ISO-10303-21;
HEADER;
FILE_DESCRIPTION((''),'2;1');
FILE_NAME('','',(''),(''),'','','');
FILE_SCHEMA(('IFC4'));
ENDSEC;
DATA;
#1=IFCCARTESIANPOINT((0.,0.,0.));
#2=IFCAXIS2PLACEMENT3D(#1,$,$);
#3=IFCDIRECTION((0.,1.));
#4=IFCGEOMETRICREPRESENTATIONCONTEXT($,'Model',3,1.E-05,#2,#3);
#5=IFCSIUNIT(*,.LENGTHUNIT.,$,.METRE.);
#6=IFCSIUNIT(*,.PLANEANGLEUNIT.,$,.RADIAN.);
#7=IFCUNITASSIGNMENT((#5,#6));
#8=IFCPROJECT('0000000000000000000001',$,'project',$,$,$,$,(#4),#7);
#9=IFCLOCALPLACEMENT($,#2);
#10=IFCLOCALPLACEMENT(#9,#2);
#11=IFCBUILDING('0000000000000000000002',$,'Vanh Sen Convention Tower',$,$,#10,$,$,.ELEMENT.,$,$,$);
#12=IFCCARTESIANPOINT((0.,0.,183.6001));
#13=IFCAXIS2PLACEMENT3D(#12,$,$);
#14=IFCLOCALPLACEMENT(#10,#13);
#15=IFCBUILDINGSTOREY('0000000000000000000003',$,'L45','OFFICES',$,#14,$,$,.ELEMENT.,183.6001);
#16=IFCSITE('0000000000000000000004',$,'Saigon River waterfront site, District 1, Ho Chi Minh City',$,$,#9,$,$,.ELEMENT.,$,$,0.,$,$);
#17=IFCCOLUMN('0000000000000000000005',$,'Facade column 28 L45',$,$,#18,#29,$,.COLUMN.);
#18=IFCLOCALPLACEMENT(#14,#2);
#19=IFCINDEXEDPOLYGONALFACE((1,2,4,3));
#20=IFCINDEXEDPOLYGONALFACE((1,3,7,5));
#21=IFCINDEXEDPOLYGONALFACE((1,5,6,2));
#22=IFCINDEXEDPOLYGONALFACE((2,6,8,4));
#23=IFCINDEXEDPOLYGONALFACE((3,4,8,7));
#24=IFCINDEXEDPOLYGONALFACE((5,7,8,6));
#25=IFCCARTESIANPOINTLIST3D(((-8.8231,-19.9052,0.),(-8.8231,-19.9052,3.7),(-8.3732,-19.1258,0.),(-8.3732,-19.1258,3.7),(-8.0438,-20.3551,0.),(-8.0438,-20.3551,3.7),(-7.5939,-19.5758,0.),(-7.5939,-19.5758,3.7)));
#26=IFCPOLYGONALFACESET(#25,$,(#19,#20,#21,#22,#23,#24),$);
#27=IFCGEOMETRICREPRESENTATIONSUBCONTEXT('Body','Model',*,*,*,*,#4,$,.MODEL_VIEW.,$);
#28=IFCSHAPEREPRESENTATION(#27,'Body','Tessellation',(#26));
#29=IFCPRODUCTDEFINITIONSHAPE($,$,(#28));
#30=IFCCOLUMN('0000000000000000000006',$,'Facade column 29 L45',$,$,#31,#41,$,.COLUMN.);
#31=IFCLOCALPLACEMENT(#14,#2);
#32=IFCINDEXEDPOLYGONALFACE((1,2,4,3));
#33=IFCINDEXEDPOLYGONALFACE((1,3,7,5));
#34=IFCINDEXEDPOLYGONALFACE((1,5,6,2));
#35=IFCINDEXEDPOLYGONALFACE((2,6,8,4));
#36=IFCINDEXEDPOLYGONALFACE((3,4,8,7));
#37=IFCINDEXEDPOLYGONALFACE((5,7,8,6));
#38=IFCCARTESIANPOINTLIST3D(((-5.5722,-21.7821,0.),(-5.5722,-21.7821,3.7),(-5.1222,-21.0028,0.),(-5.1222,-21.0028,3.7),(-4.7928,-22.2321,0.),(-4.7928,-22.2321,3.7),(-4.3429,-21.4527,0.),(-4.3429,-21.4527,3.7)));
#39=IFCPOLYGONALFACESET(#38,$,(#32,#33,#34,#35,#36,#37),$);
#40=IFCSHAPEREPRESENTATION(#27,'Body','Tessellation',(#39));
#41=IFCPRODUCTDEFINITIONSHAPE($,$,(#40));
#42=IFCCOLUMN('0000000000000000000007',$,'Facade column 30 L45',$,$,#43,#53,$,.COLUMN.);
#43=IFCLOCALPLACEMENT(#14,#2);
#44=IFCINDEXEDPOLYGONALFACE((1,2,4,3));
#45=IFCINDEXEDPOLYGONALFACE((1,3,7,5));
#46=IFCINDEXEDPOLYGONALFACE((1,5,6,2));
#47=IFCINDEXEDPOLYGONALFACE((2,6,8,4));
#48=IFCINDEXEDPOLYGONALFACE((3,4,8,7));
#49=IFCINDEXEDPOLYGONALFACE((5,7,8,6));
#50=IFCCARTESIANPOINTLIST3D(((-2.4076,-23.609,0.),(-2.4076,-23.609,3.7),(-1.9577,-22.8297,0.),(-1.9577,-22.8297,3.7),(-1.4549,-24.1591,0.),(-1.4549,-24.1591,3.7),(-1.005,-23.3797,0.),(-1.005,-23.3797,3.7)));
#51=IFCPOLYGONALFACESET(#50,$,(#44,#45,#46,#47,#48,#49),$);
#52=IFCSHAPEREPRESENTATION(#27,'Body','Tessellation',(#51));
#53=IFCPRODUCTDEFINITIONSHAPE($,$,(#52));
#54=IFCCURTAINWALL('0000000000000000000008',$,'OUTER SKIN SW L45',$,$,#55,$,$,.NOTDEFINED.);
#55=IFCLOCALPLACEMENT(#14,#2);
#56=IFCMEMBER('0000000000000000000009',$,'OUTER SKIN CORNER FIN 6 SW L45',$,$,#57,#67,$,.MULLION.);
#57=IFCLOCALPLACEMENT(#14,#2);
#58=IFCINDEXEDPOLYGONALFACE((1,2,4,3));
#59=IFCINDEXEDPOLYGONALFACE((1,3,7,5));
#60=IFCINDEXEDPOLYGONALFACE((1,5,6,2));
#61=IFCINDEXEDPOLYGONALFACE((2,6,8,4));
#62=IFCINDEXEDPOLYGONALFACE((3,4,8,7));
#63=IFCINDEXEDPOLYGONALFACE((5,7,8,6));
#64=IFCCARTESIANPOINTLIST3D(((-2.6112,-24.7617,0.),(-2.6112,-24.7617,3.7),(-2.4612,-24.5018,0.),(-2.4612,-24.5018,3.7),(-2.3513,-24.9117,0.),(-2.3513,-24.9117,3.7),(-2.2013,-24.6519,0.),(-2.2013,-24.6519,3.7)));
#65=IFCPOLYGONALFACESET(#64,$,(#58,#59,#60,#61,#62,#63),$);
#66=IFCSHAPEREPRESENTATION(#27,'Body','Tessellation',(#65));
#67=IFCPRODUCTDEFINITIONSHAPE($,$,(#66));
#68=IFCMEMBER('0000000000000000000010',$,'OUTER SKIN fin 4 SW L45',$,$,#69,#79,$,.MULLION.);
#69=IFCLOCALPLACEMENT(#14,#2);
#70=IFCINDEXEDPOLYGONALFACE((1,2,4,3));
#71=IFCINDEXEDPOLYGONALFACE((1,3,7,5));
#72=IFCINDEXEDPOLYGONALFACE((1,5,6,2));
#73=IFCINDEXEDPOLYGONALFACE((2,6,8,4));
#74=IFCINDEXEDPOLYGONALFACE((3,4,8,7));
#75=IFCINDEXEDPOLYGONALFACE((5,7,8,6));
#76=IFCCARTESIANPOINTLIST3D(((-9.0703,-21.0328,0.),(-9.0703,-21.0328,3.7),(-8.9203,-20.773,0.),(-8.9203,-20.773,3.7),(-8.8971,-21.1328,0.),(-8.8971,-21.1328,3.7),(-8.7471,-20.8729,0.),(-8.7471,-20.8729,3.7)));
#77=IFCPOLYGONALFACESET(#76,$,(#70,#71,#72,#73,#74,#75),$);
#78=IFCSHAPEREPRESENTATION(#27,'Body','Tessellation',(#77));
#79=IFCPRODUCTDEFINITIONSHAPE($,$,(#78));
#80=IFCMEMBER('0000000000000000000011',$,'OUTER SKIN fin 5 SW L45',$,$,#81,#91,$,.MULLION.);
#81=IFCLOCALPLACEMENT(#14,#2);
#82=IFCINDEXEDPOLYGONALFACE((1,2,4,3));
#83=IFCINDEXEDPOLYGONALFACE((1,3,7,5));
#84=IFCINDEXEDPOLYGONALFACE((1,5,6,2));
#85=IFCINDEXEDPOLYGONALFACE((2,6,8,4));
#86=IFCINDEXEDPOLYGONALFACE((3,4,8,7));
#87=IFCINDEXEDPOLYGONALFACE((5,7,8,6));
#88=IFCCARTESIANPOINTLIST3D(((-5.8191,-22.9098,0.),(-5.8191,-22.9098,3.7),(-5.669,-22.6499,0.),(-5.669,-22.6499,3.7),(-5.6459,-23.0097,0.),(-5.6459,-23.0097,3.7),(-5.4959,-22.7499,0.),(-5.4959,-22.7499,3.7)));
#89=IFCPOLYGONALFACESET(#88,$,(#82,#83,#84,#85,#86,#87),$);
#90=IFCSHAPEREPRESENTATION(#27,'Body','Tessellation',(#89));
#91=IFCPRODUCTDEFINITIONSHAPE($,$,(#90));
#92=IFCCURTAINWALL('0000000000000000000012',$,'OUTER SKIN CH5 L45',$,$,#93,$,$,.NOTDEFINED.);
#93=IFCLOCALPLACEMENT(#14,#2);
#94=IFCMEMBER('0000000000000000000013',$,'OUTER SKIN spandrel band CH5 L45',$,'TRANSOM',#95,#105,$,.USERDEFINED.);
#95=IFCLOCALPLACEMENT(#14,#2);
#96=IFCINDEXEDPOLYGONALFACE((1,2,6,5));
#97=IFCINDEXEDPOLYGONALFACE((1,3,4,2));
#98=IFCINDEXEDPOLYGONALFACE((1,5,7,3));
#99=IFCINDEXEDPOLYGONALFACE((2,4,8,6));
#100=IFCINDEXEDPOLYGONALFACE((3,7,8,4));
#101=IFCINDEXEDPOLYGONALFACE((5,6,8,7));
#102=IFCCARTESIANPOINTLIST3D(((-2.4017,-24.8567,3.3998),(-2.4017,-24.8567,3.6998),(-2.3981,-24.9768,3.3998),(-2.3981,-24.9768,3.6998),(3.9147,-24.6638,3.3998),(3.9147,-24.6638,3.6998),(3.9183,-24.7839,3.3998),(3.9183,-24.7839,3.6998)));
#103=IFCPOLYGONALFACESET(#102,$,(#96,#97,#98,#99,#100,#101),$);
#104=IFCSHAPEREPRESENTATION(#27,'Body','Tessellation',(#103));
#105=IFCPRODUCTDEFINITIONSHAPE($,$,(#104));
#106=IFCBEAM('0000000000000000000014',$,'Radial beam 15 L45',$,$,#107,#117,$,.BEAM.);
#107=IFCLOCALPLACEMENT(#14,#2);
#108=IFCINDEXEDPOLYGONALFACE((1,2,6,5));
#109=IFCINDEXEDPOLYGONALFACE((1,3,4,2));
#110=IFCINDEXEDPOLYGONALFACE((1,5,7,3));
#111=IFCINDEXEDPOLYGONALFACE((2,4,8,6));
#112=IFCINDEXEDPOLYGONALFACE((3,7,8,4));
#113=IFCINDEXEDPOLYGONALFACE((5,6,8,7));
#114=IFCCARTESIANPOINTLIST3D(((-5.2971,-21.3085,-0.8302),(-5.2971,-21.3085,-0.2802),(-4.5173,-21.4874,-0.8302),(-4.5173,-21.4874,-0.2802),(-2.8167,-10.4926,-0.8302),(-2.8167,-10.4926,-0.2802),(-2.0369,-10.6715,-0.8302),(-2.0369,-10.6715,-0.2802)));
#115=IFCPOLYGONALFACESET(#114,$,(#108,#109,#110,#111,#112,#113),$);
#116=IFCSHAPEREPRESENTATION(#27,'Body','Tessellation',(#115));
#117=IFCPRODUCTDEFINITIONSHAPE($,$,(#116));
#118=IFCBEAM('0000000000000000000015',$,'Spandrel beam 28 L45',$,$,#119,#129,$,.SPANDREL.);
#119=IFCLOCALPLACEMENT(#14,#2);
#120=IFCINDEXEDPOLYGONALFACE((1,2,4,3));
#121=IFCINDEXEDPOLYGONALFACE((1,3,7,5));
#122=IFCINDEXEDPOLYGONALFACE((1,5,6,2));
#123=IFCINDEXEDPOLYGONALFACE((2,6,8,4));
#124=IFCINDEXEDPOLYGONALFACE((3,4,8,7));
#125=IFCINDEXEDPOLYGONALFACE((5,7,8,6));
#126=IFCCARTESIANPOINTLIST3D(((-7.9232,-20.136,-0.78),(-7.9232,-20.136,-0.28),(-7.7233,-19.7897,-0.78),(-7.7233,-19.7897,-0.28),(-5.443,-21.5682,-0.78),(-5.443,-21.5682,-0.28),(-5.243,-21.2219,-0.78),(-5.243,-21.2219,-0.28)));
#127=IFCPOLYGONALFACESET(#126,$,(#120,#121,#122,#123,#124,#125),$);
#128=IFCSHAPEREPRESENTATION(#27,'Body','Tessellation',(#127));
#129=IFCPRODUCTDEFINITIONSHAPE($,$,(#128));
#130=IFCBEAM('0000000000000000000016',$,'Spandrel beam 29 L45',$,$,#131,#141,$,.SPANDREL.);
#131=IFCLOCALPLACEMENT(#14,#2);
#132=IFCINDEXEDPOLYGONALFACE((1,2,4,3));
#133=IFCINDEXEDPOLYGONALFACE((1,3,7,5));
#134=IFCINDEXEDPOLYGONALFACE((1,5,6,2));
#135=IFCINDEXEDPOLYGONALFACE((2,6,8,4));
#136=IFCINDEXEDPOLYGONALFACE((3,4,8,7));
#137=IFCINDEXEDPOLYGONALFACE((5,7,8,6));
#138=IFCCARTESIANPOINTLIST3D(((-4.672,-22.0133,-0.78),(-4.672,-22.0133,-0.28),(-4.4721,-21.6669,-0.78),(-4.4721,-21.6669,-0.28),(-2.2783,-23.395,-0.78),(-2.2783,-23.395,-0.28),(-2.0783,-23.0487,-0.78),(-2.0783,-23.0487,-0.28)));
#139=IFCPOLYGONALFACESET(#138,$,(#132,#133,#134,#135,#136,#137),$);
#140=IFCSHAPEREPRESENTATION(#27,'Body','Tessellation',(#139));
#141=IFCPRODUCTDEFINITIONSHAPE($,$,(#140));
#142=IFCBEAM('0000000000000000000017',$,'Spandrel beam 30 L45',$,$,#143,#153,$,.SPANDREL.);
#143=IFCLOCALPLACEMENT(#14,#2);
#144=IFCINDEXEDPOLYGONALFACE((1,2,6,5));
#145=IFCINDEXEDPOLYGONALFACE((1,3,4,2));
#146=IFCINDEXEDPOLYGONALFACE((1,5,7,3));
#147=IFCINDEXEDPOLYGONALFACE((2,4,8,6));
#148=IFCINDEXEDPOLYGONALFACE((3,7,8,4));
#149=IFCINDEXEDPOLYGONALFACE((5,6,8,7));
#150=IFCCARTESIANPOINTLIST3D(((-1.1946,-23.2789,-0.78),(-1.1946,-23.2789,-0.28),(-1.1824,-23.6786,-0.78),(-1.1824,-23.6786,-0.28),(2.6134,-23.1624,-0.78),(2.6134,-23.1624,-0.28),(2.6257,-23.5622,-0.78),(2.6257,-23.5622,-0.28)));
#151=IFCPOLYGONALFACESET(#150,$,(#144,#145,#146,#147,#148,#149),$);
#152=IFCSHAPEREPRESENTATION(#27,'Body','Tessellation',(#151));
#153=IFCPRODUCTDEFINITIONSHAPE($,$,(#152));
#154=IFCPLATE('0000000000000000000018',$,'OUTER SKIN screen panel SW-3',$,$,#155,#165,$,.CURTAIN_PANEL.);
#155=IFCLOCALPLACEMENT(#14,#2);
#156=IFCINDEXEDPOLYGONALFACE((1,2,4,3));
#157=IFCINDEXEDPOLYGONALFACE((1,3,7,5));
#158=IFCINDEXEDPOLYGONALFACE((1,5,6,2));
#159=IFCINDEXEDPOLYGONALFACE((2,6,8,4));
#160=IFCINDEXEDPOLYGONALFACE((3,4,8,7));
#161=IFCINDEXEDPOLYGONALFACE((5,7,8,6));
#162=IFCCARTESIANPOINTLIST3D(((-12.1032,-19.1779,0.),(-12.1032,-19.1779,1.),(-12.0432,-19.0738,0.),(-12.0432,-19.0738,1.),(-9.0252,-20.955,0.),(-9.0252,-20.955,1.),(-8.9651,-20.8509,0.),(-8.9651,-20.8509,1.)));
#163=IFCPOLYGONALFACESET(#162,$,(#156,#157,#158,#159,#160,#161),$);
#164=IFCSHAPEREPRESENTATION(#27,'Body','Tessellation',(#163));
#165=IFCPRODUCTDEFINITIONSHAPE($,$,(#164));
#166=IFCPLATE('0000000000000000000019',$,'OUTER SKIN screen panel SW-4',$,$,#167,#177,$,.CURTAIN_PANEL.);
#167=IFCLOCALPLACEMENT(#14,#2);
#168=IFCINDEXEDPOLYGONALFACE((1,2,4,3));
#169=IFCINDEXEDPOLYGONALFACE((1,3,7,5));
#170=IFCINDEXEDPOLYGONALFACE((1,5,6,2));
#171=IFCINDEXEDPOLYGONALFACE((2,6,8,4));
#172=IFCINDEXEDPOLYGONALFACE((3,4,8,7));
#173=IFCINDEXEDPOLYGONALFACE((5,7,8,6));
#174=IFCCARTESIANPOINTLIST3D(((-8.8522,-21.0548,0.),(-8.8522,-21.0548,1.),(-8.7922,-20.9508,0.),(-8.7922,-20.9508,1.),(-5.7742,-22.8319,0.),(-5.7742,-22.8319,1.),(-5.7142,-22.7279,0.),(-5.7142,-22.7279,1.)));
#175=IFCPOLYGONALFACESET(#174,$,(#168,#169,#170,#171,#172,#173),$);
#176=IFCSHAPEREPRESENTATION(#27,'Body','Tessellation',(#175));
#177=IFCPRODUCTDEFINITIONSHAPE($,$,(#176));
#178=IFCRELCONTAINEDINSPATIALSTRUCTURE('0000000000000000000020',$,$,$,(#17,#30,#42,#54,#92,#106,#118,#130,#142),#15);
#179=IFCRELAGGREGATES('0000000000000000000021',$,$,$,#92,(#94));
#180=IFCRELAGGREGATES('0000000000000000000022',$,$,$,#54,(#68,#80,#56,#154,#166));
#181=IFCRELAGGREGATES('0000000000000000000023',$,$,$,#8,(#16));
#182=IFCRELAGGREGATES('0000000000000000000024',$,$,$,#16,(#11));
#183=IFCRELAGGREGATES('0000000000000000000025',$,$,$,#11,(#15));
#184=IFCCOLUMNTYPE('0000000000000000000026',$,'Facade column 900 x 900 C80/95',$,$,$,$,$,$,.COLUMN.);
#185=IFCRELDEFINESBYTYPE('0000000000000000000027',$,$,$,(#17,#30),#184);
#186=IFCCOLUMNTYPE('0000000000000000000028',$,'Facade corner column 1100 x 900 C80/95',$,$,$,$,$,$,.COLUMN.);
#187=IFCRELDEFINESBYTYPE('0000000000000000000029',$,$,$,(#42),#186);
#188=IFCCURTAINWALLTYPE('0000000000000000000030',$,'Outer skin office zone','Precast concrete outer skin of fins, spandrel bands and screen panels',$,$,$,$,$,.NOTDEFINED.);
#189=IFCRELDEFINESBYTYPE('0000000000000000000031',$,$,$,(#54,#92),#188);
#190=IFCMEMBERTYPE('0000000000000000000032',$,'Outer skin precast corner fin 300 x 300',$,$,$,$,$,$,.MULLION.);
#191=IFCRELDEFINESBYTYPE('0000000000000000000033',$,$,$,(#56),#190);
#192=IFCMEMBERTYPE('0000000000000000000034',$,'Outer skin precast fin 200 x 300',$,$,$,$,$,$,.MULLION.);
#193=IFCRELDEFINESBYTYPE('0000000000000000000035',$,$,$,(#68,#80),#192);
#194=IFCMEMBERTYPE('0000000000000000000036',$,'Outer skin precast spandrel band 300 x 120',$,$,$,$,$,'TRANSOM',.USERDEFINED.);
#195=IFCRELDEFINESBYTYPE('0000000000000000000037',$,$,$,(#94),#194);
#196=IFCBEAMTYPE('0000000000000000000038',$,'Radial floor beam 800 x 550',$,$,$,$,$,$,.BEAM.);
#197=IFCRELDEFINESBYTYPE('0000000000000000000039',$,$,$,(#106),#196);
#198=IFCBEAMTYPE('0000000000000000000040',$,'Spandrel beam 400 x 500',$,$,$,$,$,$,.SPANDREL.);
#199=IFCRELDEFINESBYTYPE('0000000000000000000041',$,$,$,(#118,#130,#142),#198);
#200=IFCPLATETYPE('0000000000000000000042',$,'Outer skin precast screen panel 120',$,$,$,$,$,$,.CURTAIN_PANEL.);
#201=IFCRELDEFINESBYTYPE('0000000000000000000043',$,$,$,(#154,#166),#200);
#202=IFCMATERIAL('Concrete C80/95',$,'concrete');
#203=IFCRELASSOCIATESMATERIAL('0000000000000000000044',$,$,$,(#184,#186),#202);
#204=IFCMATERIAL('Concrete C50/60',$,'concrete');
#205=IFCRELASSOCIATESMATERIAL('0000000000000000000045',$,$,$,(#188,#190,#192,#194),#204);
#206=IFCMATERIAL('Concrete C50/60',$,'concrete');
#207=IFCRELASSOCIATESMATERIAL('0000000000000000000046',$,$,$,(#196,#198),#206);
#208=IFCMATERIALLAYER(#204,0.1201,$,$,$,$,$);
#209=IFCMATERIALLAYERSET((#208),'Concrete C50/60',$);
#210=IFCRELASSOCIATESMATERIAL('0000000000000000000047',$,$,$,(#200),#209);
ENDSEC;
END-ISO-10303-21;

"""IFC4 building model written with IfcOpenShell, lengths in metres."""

from ifc_helpers import new_model, si_unit, direction, frame, origin, origin_2d, place, context, subcontext, project, spatial, rectangle, extrude, material, layer, layer_set, material_profile, profile_set, type_object, element, aggregate, save


model = new_model("IFC4")

# Units and contexts
model_context = context("Model", 3, precision=1e-05, world=origin(), true_north=direction((0.0, 1.0)))
body_context = subcontext(model_context, "Body", "Model", "MODEL_VIEW")
ifc_project = project(units=[si_unit("LENGTHUNIT", "METRE"), si_unit("PLANEANGLEUNIT", "RADIAN")], contexts=[model_context])

# Site, building, storey
site_placement = place(None, origin())
site = spatial("IfcSite", under=ifc_project, at=site_placement, Name="Saigon River waterfront site, District 1, Ho Chi Minh City", CompositionType="ELEMENT", RefElevation=0.0)
building_placement = place(site_placement, origin())
building = spatial("IfcBuilding", under=site, at=building_placement, Name="Vanh Sen Convention Tower", CompositionType="ELEMENT")
storey_placement = place(building_placement, frame((0.0, 0.0, 183.6001)))
storey = spatial("IfcBuildingStorey", under=building, at=storey_placement, Name="L45", Description="OFFICES", CompositionType="ELEMENT", Elevation=183.6001)

# Columns
ifc_material_1 = material(Name="Concrete C80/95", Category="concrete")
ifc_material_profile_1 = material_profile(ifc_material_1, rectangle(XDim=0.8999, YDim=0.8999, at=origin_2d()), Name="RC 900X900")
ifc_profile_set_1 = profile_set([ifc_material_profile_1], Name="Concrete C80/95")
column_type_1 = type_object("IfcColumnType", Name="Facade column 900 x 900 C80/95", PredefinedType="COLUMN", material=ifc_profile_set_1)
for number, where, z_axis, x_axis, name in (
    (1, (-8.2085, -19.7405, 0.0), (0.0, 0.0, 1.0), (0.866025, -0.5, 0.0), "Facade column 28 L45"),
    (2, (-4.9575, -21.6174, 0.0), (0.0, 0.0, 1.0), (0.866025, -0.5, 0.0), "Facade column 29 L45"),
):
    element("IfcColumn", number, at=place(storey_placement, frame(where, z_axis=z_axis, x_axis=x_axis)), inside=storey, type_object=column_type_1, Name=name, PredefinedType="COLUMN", context=body_context, shape_type="SweptSolid", body=[
        extrude(rectangle(XDim=0.8999, YDim=0.8999, at=origin_2d()), origin(), (0.0, 0.0, 1.0), 3.7),
    ])
ifc_material_profile_2 = material_profile(ifc_material_1, rectangle(XDim=1.1001, YDim=0.8999, at=origin_2d()), Name="RC 1100X900")
ifc_profile_set_2 = profile_set([ifc_material_profile_2], Name="Concrete C80/95")
column_type_2 = type_object("IfcColumnType", Name="Facade corner column 1100 x 900 C80/95", PredefinedType="COLUMN", material=ifc_profile_set_2)
column_placement = place(storey_placement, frame((-1.7063, -23.4944, 0.0), z_axis=(0.0, 0.0, 1.0), x_axis=(0.866025, -0.5, 0.0)))
element("IfcColumn", 3, at=column_placement, inside=storey, type_object=column_type_2, Name="Facade column 30 L45", PredefinedType="COLUMN", context=body_context, shape_type="SweptSolid", body=[
    extrude(rectangle(XDim=1.1001, YDim=0.8999, at=origin_2d()), origin(), (0.0, 0.0, 1.0), 3.7),
])

# Curtain wall, members
ifc_material_2 = material(Name="Concrete C50/60", Category="concrete")
curtain_wall_type = type_object("IfcCurtainWallType", Name="Outer skin office zone", Description="Precast concrete outer skin of fins, spandrel bands and screen panels", PredefinedType="NOTDEFINED", material=ifc_material_2)
curtain_wall_1_placement = place(storey_placement, origin())
curtain_wall_1 = element("IfcCurtainWall", 4, at=curtain_wall_1_placement, inside=storey, type_object=curtain_wall_type, Name="OUTER SKIN SW L45", PredefinedType="NOTDEFINED")
ifc_material_profile_3 = material_profile(ifc_material_2, rectangle(XDim=0.3, YDim=0.3, at=origin_2d()), Name="Outer skin precast corner fin 300 x 300")
ifc_profile_set_3 = profile_set([ifc_material_profile_3], Name="Concrete C50/60")
member_type_1 = type_object("IfcMemberType", Name="Outer skin precast corner fin 300 x 300", PredefinedType="MULLION", material=ifc_profile_set_3)
member_1_placement = place(storey_placement, frame((-2.4062, -24.7068, 0.0), z_axis=(0.0, 0.0, 1.0), x_axis=(0.866025, -0.5, 0.0)))
member_1 = element("IfcMember", 5, at=member_1_placement, type_object=member_type_1, Name="OUTER SKIN CORNER FIN 6 SW L45", PredefinedType="MULLION", context=body_context, shape_type="SweptSolid", body=[
    extrude(rectangle(XDim=0.3, YDim=0.3, at=origin_2d()), origin(), (0.0, 0.0, 1.0), 3.7),
])
ifc_material_profile_4 = material_profile(ifc_material_2, rectangle(XDim=0.2, YDim=0.3, at=origin_2d()), Name="Outer skin precast fin 200 x 300")
ifc_profile_set_4 = profile_set([ifc_material_profile_4], Name="Concrete C50/60")
member_type_2 = type_object("IfcMemberType", Name="Outer skin precast fin 200 x 300", PredefinedType="MULLION", material=ifc_profile_set_4)
member_2_placement = place(storey_placement, frame((-8.9087, -20.9529, 0.0), z_axis=(0.0, 0.0, 1.0), x_axis=(0.866025, -0.5, 0.0)))
member_2 = element("IfcMember", 6, at=member_2_placement, type_object=member_type_2, Name="OUTER SKIN fin 4 SW L45", PredefinedType="MULLION", context=body_context, shape_type="SweptSolid", body=[
    extrude(rectangle(XDim=0.2, YDim=0.3, at=origin_2d()), origin(), (0.0, 0.0, 1.0), 3.7),
])
member_3_placement = place(storey_placement, frame((-5.6575, -22.8298, 0.0), z_axis=(0.0, 0.0, 1.0), x_axis=(0.866025, -0.5, 0.0)))
member_3 = element("IfcMember", 7, at=member_3_placement, type_object=member_type_2, Name="OUTER SKIN fin 5 SW L45", PredefinedType="MULLION", context=body_context, shape_type="SweptSolid", body=[
    extrude(rectangle(XDim=0.2, YDim=0.3, at=origin_2d()), origin(), (0.0, 0.0, 1.0), 3.7),
])

# Curtain wall, member
curtain_wall_2_placement = place(storey_placement, origin())
curtain_wall_2 = element("IfcCurtainWall", 8, at=curtain_wall_2_placement, inside=storey, type_object=curtain_wall_type, Name="OUTER SKIN CH5 L45", PredefinedType="NOTDEFINED")
ifc_material_profile_5 = material_profile(ifc_material_2, rectangle(XDim=0.1201, YDim=0.3, at=origin_2d()), Name="Outer skin precast spandrel band 300 x 120")
ifc_profile_set_5 = profile_set([ifc_material_profile_5], Name="Concrete C50/60")
member_type_3 = type_object("IfcMemberType", Name="Outer skin precast spandrel band 300 x 120", ElementType="TRANSOM", PredefinedType="USERDEFINED", material=ifc_profile_set_5)
member_4_placement = place(storey_placement, frame((-2.3999, -24.9167, 3.5498), z_axis=(0.999534, 0.030521, 0.0), x_axis=(-0.030521, 0.999534, 0.0)))
member_4 = element("IfcMember", 9, at=member_4_placement, type_object=member_type_3, Name="OUTER SKIN spandrel band CH5 L45", ObjectType="TRANSOM", PredefinedType="USERDEFINED", context=body_context, shape_type="SweptSolid", body=[
    extrude(rectangle(XDim=0.1201, YDim=0.3, at=origin_2d()), origin(), (0.0, 0.0, 1.0), 6.3193),
])
aggregate(curtain_wall_2, [member_4])

# Beams
ifc_material_3 = material(Name="Concrete C50/60", Category="concrete")
ifc_material_profile_6 = material_profile(ifc_material_3, rectangle(XDim=0.8, YDim=0.55, at=origin_2d()), Name="RC 800X550")
ifc_profile_set_6 = profile_set([ifc_material_profile_6], Name="Concrete C50/60")
beam_type_1 = type_object("IfcBeamType", Name="Radial floor beam 800 x 550", PredefinedType="BEAM", material=ifc_profile_set_6)
beam_1_placement = place(storey_placement, frame((-4.9072, -21.3979, -0.5552), z_axis=(0.223532, 0.974697, 0.0), x_axis=(-0.974697, 0.223532, 0.0)))
element("IfcBeam", 10, at=beam_1_placement, inside=storey, type_object=beam_type_1, Name="Radial beam 15 L45", PredefinedType="BEAM", context=body_context, shape_type="SweptSolid", body=[
    extrude(rectangle(XDim=0.8, YDim=0.55, at=origin_2d()), origin(), (0.0, 0.0, 1.0), 11.0967),
])
ifc_material_profile_7 = material_profile(ifc_material_3, rectangle(XDim=0.3999, YDim=0.5, at=origin_2d()), Name="RC 400X500")
ifc_profile_set_7 = profile_set([ifc_material_profile_7], Name="Concrete C50/60")
beam_type_2 = type_object("IfcBeamType", Name="Spandrel beam 400 x 500", PredefinedType="SPANDREL", material=ifc_profile_set_7)
beam_2_placement = place(storey_placement, frame((-7.8232, -19.9629, -0.53), z_axis=(0.866, -0.500045, 0.0), x_axis=(0.500045, 0.866, 0.0)))
element("IfcBeam", 11, at=beam_2_placement, inside=storey, type_object=beam_type_2, Name="Spandrel beam 28 L45", PredefinedType="SPANDREL", context=body_context, shape_type="SweptSolid", body=[
    extrude(rectangle(XDim=0.3999, YDim=0.5, at=origin_2d()), origin(), (0.0, 0.0, 1.0), 2.864),
])
beam_3_placement = place(storey_placement, frame((-4.572, -21.8401, -0.53), z_axis=(0.866061, -0.499939, 0.0), x_axis=(0.499939, 0.866061, 0.0)))
element("IfcBeam", 12, at=beam_3_placement, inside=storey, type_object=beam_type_2, Name="Spandrel beam 29 L45", PredefinedType="SPANDREL", context=body_context, shape_type="SweptSolid", body=[
    extrude(rectangle(XDim=0.3999, YDim=0.5, at=origin_2d()), origin(), (0.0, 0.0, 1.0), 2.7639),
])
beam_4_placement = place(storey_placement, frame((-1.1885, -23.4788, -0.53), z_axis=(0.999533, 0.030567, 0.0), x_axis=(-0.030567, 0.999533, 0.0)))
element("IfcBeam", 13, at=beam_4_placement, inside=storey, type_object=beam_type_2, Name="Spandrel beam 30 L45", PredefinedType="SPANDREL", context=body_context, shape_type="SweptSolid", body=[
    extrude(rectangle(XDim=0.3999, YDim=0.5, at=origin_2d()), origin(), (0.0, 0.0, 1.0), 3.8098),
])

# Plates
ifc_layer_1 = layer(ifc_material_2, 0.1201)
ifc_layer_set_1 = layer_set([ifc_layer_1], Name="Concrete C50/60")
plate_type = type_object("IfcPlateType", Name="Outer skin precast screen panel 120", PredefinedType="CURTAIN_PANEL", material=ifc_layer_set_1)
plate_1_placement = place(storey_placement, frame((-10.5342, -20.0144, 0.0), z_axis=(0.0, 0.0, 1.0), x_axis=(0.866024, -0.500003, 0.0)))
plate_1 = element("IfcPlate", 14, at=plate_1_placement, type_object=plate_type, Name="OUTER SKIN screen panel SW-3", PredefinedType="CURTAIN_PANEL", context=body_context, shape_type="SweptSolid", body=[
    extrude(rectangle(XDim=3.5542, YDim=0.1201, at=origin_2d()), origin(), (0.0, 0.0, 1.0), 1.0),
])
plate_2_placement = place(storey_placement, frame((-7.2832, -21.8914, 0.0), z_axis=(0.0, 0.0, 1.0), x_axis=(0.866017, -0.500015, 0.0)))
plate_2 = element("IfcPlate", 15, at=plate_2_placement, type_object=plate_type, Name="OUTER SKIN screen panel SW-4", PredefinedType="CURTAIN_PANEL", context=body_context, shape_type="SweptSolid", body=[
    extrude(rectangle(XDim=3.5542, YDim=0.1201, at=origin_2d()), origin(), (0.0, 0.0, 1.0), 1.0),
])
aggregate(curtain_wall_1, [member_2, member_3, member_1, plate_1, plate_2])

save(model, "model.ifc")
